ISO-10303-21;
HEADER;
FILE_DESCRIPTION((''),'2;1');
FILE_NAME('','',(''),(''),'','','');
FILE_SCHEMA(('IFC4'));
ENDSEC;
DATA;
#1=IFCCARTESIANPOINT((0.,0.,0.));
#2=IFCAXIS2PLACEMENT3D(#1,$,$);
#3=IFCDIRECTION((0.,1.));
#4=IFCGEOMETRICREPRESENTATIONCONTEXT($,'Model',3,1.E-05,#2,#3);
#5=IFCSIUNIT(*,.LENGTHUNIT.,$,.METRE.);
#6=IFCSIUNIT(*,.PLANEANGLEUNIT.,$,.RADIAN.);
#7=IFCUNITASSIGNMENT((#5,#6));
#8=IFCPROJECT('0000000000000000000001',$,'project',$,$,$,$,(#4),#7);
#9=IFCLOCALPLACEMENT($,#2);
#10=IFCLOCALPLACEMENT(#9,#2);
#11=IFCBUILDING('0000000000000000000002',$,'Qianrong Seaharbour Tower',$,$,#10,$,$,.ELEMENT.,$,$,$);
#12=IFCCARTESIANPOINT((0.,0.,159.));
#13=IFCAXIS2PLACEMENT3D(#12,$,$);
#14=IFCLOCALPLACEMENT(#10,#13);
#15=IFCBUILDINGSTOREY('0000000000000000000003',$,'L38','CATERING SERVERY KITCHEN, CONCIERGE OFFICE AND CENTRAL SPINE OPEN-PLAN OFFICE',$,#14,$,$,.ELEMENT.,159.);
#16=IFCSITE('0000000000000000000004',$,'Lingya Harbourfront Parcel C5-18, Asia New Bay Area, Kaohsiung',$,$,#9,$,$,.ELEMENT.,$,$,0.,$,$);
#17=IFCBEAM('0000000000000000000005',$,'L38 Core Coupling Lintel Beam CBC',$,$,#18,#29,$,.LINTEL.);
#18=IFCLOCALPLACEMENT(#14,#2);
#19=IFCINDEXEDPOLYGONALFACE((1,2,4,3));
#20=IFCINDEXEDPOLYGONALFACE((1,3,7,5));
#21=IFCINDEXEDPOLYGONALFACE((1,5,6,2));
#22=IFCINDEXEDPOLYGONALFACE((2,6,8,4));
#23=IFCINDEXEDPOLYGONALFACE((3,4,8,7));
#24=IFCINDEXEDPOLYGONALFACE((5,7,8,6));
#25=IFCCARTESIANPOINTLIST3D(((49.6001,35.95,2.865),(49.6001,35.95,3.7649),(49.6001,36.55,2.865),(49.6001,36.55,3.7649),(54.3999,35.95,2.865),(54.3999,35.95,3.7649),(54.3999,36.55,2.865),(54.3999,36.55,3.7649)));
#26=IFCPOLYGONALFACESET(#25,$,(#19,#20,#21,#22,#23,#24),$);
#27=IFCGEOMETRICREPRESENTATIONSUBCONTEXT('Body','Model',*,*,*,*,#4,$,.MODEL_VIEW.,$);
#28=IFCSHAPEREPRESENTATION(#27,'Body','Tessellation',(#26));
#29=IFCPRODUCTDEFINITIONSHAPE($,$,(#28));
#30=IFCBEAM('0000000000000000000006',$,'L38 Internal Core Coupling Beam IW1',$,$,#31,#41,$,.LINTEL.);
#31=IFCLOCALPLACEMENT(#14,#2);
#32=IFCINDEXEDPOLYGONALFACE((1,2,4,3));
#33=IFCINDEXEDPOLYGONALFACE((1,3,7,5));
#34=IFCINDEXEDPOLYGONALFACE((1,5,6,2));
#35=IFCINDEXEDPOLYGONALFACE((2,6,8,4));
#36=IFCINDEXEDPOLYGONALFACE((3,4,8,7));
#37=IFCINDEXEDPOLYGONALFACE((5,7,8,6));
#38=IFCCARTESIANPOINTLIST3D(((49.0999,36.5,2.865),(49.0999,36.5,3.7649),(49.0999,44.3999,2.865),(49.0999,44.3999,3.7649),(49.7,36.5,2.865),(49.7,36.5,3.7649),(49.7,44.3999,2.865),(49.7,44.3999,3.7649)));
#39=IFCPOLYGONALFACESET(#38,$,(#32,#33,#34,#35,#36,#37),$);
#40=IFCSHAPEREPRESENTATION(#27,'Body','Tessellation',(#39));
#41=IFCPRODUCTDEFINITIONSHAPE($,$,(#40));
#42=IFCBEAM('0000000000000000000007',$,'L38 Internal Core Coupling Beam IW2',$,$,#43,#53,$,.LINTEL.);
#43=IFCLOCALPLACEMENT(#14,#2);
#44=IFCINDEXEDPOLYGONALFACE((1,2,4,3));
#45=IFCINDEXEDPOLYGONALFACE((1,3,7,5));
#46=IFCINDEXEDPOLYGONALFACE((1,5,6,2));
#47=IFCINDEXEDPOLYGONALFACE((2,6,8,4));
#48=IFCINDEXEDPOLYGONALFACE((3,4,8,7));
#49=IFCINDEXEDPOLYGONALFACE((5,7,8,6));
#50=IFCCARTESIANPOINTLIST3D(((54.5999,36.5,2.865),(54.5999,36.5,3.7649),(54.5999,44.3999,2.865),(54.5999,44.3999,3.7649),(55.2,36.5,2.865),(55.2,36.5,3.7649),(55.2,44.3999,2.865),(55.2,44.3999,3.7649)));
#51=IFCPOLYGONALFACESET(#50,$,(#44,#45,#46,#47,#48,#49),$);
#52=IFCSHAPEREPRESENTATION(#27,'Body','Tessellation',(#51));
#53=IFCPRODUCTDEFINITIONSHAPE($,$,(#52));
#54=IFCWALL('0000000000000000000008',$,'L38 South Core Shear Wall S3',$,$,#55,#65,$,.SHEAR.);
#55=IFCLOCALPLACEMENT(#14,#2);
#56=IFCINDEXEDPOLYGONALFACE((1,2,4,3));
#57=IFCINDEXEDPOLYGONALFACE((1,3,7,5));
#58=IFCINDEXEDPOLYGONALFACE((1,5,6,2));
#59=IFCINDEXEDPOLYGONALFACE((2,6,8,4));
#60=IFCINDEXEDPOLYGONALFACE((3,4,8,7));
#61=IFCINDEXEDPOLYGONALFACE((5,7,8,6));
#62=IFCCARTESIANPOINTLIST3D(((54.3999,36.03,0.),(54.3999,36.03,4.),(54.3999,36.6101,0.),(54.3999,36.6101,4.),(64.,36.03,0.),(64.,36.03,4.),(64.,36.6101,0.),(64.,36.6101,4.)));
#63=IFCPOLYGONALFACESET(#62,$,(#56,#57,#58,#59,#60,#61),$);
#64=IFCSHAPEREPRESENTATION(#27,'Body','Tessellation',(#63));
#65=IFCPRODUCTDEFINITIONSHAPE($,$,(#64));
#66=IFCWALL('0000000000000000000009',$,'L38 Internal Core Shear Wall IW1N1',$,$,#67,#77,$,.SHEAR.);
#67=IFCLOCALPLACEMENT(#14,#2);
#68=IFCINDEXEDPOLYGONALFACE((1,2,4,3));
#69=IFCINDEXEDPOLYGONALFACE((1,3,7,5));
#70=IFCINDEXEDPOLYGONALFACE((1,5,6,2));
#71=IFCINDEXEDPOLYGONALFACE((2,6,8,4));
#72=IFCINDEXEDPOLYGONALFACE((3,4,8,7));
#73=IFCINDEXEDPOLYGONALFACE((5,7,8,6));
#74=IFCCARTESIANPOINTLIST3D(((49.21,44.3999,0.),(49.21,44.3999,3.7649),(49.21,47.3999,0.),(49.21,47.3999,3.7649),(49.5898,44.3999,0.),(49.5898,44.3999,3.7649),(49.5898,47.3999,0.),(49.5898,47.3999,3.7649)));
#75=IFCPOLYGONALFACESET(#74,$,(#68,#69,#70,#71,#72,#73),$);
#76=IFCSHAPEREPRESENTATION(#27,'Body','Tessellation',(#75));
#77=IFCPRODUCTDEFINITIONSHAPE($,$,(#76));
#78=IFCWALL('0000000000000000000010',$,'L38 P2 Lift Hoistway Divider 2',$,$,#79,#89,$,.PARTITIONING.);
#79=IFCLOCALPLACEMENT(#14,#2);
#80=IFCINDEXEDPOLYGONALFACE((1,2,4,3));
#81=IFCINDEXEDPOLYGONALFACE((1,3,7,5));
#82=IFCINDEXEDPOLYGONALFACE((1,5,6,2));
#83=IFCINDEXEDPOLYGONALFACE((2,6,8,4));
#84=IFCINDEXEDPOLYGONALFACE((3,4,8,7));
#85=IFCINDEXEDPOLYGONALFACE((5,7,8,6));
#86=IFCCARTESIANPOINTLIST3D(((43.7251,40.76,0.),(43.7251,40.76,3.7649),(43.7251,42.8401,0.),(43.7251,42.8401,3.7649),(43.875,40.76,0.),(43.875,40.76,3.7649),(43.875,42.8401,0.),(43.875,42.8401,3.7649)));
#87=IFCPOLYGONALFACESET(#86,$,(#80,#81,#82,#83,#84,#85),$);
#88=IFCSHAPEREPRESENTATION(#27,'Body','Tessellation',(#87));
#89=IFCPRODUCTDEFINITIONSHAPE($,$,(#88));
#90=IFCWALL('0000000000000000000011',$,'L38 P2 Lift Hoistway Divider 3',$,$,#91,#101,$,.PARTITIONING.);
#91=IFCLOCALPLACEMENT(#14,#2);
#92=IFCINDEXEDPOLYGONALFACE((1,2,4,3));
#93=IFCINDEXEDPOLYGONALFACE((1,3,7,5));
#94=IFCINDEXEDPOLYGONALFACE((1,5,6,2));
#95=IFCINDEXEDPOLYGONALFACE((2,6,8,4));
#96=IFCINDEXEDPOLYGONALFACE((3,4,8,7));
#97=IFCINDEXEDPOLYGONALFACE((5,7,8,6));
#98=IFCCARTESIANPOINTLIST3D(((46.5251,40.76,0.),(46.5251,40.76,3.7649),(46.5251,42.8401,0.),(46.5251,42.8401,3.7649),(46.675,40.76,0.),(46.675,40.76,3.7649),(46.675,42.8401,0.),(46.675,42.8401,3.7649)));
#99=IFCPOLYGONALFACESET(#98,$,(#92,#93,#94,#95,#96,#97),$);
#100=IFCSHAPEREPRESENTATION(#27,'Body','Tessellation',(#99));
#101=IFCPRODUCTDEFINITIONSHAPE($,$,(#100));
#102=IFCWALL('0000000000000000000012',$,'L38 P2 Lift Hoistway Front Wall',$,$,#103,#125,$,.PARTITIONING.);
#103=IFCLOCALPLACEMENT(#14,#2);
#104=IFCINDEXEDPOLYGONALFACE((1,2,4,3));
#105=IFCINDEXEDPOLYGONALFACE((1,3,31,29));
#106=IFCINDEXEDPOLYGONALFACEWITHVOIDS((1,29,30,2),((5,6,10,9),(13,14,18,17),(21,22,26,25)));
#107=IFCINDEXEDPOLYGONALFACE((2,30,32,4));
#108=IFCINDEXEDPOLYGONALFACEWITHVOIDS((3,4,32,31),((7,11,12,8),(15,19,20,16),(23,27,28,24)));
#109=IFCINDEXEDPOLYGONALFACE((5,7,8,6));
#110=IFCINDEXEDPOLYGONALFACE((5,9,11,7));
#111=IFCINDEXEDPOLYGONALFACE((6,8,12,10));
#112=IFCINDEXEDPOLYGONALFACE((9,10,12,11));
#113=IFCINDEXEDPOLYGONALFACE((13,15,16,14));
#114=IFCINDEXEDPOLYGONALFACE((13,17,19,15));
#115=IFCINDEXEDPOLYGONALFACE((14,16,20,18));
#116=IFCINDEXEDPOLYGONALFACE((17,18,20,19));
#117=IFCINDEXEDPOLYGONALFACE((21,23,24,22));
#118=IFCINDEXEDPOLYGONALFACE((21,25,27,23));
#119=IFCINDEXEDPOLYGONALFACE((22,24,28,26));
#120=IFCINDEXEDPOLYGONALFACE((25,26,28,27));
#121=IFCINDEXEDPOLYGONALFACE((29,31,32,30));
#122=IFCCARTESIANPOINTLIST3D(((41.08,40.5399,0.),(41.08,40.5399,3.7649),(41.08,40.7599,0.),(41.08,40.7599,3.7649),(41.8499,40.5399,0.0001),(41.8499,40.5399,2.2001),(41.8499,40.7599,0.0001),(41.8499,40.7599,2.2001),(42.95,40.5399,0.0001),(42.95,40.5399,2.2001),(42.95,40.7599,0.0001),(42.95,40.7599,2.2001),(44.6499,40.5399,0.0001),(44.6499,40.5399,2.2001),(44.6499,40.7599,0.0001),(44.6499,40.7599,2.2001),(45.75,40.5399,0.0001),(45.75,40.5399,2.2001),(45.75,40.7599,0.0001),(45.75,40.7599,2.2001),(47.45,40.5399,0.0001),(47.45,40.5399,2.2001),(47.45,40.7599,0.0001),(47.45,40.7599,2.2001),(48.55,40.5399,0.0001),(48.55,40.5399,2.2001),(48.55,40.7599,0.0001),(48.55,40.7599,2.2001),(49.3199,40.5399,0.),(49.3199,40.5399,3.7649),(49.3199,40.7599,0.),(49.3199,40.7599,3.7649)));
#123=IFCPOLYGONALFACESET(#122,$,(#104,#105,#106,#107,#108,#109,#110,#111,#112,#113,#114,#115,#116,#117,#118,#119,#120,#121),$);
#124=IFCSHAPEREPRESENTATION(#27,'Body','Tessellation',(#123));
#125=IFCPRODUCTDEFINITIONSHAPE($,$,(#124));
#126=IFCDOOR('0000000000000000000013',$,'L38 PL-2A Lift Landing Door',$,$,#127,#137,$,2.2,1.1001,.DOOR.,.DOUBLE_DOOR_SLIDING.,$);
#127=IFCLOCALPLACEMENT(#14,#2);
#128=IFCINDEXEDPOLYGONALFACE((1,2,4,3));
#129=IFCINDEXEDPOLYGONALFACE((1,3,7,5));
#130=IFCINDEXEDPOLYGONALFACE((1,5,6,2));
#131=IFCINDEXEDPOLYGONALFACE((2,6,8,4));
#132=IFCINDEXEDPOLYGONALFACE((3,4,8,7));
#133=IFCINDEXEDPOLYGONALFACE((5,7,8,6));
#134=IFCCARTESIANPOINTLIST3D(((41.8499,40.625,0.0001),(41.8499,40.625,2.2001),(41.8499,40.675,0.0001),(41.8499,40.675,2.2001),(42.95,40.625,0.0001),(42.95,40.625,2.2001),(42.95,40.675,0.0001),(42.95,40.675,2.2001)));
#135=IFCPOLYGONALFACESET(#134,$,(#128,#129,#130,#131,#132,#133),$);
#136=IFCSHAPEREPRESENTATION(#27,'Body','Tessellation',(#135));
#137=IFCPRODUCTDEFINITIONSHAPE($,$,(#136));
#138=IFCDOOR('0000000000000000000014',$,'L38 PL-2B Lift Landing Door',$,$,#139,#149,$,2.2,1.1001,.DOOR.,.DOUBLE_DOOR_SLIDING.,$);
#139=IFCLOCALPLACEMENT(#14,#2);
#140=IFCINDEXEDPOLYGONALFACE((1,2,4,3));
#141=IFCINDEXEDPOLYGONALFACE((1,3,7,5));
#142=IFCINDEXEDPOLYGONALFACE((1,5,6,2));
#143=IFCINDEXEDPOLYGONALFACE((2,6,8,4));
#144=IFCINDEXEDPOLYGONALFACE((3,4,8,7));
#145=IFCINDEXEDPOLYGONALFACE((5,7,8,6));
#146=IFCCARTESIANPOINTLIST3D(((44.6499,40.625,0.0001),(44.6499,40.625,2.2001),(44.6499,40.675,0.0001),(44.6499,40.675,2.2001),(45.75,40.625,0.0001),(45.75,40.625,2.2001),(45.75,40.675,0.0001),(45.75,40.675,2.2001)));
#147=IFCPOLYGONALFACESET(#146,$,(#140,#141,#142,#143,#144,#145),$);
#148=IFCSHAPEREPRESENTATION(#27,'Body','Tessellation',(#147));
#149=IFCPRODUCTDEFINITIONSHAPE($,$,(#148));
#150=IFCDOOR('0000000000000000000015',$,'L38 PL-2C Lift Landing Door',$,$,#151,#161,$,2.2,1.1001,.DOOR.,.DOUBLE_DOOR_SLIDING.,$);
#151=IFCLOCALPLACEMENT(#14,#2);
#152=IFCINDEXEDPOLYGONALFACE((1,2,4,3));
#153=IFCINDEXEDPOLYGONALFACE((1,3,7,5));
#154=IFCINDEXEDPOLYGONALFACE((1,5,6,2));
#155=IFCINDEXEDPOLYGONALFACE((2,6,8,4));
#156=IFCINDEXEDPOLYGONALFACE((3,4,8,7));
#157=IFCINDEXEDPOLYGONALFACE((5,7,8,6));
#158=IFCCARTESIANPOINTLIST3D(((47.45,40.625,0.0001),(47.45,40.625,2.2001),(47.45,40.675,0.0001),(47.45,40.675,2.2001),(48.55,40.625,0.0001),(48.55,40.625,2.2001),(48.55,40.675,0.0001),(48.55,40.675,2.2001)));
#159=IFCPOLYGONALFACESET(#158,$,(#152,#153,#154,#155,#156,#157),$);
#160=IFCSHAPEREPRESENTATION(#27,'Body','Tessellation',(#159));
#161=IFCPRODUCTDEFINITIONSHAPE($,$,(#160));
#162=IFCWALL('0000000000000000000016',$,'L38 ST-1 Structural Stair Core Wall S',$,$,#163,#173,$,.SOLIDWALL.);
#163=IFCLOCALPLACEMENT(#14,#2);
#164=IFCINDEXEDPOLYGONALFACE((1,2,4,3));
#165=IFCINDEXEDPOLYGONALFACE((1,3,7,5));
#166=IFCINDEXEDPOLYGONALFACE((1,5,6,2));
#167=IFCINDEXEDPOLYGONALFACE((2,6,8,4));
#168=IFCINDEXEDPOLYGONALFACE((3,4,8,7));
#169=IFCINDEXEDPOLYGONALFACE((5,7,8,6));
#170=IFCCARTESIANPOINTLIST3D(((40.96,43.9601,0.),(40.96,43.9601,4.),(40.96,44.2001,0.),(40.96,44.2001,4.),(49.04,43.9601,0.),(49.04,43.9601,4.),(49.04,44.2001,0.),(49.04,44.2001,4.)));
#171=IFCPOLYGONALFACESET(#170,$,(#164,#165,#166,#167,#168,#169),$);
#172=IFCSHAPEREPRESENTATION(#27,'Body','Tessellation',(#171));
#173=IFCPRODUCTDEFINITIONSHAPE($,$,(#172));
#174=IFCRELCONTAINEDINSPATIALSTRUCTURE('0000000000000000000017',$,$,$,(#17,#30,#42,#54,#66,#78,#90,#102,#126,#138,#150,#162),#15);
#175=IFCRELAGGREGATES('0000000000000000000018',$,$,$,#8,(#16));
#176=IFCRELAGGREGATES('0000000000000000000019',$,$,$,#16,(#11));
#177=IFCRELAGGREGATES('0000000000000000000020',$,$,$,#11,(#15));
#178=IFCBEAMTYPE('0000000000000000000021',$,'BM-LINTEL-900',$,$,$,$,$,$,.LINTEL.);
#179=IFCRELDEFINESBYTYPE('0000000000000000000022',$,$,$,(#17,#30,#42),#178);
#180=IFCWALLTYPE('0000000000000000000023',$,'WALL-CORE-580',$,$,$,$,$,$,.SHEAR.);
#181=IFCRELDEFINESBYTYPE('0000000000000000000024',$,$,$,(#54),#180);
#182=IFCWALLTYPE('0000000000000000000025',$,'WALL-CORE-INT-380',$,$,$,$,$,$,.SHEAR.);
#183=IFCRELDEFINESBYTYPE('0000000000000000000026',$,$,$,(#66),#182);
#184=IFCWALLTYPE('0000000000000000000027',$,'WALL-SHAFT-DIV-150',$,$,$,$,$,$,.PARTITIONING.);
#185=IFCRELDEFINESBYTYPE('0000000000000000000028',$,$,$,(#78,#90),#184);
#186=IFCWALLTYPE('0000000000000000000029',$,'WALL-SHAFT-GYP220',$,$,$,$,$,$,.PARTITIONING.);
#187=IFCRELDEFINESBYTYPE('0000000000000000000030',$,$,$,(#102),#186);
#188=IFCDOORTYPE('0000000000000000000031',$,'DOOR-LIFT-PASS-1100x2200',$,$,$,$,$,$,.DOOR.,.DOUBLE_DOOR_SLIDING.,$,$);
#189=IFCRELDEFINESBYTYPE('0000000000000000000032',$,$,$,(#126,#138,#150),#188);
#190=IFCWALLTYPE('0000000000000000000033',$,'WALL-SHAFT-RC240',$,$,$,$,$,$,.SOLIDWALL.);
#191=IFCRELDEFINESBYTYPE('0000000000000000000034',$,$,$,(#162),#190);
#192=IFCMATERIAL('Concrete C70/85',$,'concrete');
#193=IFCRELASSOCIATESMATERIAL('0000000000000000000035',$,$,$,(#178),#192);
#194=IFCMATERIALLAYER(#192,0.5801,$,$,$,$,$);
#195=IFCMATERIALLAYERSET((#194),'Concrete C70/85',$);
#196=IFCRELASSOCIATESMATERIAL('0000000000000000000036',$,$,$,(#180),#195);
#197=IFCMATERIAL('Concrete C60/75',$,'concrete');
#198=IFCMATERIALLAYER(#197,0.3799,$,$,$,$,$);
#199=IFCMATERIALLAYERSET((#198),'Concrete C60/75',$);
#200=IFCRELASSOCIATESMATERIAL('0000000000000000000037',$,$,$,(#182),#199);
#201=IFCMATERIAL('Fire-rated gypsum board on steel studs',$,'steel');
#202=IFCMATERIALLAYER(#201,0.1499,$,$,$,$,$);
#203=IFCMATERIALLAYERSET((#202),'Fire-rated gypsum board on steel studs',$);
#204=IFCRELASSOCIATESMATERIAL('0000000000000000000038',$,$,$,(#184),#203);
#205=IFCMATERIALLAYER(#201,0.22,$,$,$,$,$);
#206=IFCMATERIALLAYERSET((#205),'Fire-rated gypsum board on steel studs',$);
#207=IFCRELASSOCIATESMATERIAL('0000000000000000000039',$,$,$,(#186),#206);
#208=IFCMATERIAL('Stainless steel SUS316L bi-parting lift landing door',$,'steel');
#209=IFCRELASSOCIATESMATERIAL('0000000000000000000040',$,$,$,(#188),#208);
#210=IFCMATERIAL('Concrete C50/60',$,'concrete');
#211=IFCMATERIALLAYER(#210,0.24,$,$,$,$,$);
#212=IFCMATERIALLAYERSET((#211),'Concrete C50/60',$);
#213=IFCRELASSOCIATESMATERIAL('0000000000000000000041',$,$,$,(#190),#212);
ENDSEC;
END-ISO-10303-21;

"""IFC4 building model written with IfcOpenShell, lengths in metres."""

from ifc_helpers import new_model, si_unit, direction, frame, frame_2d, origin, origin_2d, place, context, subcontext, project, spatial, rectangle, extrude, material, layer, layer_set, material_profile, profile_set, type_object, element, fill, save


model = new_model("IFC4")

# Units and contexts
model_context = context("Model", 3, precision=1e-05, world=origin(), true_north=direction((0.0, 1.0)))
body_context = subcontext(model_context, "Body", "Model", "MODEL_VIEW")
ifc_project = project(units=[si_unit("LENGTHUNIT", "METRE"), si_unit("PLANEANGLEUNIT", "RADIAN")], contexts=[model_context])

# Site, building, storey
site_placement = place(None, origin())
site = spatial("IfcSite", under=ifc_project, at=site_placement, Name="Lingya Harbourfront Parcel C5-18, Asia New Bay Area, Kaohsiung", CompositionType="ELEMENT", RefElevation=0.0)
building_placement = place(site_placement, origin())
building = spatial("IfcBuilding", under=site, at=building_placement, Name="Qianrong Seaharbour Tower", CompositionType="ELEMENT")
storey_placement = place(building_placement, frame((0.0, 0.0, 159.0)))
storey = spatial("IfcBuildingStorey", under=building, at=storey_placement, Name="L38", Description="CATERING SERVERY KITCHEN, CONCIERGE OFFICE AND CENTRAL SPINE OPEN-PLAN OFFICE", CompositionType="ELEMENT", Elevation=159.0)

# Beams
ifc_material_1 = material(Name="Concrete C70/85", Category="concrete")
ifc_material_profile = material_profile(ifc_material_1, rectangle(XDim=0.6001, YDim=0.8999, at=origin_2d()), Name="RC600x900")
ifc_profile_set = profile_set([ifc_material_profile], Name="Concrete C70/85")
beam_type = type_object("IfcBeamType", Name="BM-LINTEL-900", PredefinedType="LINTEL", material=ifc_profile_set)
beam_placement = place(storey_placement, frame((49.6001, 36.25, 3.3149), z_axis=(1.0, 0.0, 0.0), x_axis=(0.0, 1.0, 0.0)))
element("IfcBeam", 1, at=beam_placement, inside=storey, type_object=beam_type, Name="L38 Core Coupling Lintel Beam CBC", PredefinedType="LINTEL", context=body_context, shape_type="SweptSolid", body=[
    extrude(rectangle(XDim=0.6001, YDim=0.8999, at=origin_2d()), origin(), (0.0, 0.0, 1.0), 4.7998),
])
for number, where, z_axis, x_axis, name in (
    (2, (49.3999, 36.5, 3.3149), (0.0, 1.0, 0.0), (-1.0, 0.0, 0.0), "L38 Internal Core Coupling Beam IW1"),
    (3, (54.8999, 36.5, 3.3149), (0.0, 1.0, 0.0), (-1.0, 0.0, 0.0), "L38 Internal Core Coupling Beam IW2"),
):
    element("IfcBeam", number, at=place(storey_placement, frame(where, z_axis=z_axis, x_axis=x_axis)), inside=storey, type_object=beam_type, Name=name, PredefinedType="LINTEL", context=body_context, shape_type="SweptSolid", body=[
        extrude(rectangle(XDim=0.6001, YDim=0.8999, at=origin_2d()), origin(), (0.0, 0.0, 1.0), 7.8999),
    ])

# Walls
ifc_layer_1 = layer(ifc_material_1, 0.5801)
ifc_layer_set_1 = layer_set([ifc_layer_1], Name="Concrete C70/85")
wall_type_1 = type_object("IfcWallType", Name="WALL-CORE-580", PredefinedType="SHEAR", material=ifc_layer_set_1)
wall_1_placement = place(storey_placement, frame((54.3999, 36.3201, 0.0), z_axis=(0.0, 0.0, 1.0), x_axis=(1.0, 0.0, 0.0)))
element("IfcWall", 4, at=wall_1_placement, inside=storey, type_object=wall_type_1, Name="L38 South Core Shear Wall S3", PredefinedType="SHEAR", context=body_context, shape_type="SweptSolid", body=[
    extrude(rectangle(XDim=9.6001, YDim=0.5801, at=frame_2d((4.8, 0.0))), origin(), (0.0, 0.0, 1.0), 4.0),
])
ifc_material_2 = material(Name="Concrete C60/75", Category="concrete")
ifc_layer_2 = layer(ifc_material_2, 0.3799)
ifc_layer_set_2 = layer_set([ifc_layer_2], Name="Concrete C60/75")
wall_type_2 = type_object("IfcWallType", Name="WALL-CORE-INT-380", PredefinedType="SHEAR", material=ifc_layer_set_2)
wall_2_placement = place(storey_placement, frame((49.3999, 44.3999, 0.0), z_axis=(0.0, 0.0, 1.0), x_axis=(0.0, 1.0, 0.0)))
element("IfcWall", 5, at=wall_2_placement, inside=storey, type_object=wall_type_2, Name="L38 Internal Core Shear Wall IW1N1", PredefinedType="SHEAR", context=body_context, shape_type="SweptSolid", body=[
    extrude(rectangle(XDim=3.0, YDim=0.3799, at=frame_2d((1.5, 0.0))), origin(), (0.0, 0.0, 1.0), 3.7649),
])

# Walls
ifc_material_3 = material(Name="Fire-rated gypsum board on steel studs", Category="steel")
ifc_layer_3 = layer(ifc_material_3, 0.1499)
ifc_layer_set_3 = layer_set([ifc_layer_3], Name="Fire-rated gypsum board on steel studs")
wall_type_3 = type_object("IfcWallType", Name="WALL-SHAFT-DIV-150", PredefinedType="PARTITIONING", material=ifc_layer_set_3)
for number, where, z_axis, x_axis, name in (
    (6, (43.8, 40.76, 0.0), (0.0, 0.0, 1.0), (0.0, 1.0, 0.0), "L38 P2 Lift Hoistway Divider 2"),
    (7, (46.6001, 40.76, 0.0), (0.0, 0.0, 1.0), (0.0, 1.0, 0.0), "L38 P2 Lift Hoistway Divider 3"),
):
    element("IfcWall", number, at=place(storey_placement, frame(where, z_axis=z_axis, x_axis=x_axis)), inside=storey, type_object=wall_type_3, Name=name, PredefinedType="PARTITIONING", context=body_context, shape_type="SweptSolid", body=[
        extrude(rectangle(XDim=2.0801, YDim=0.1499, at=frame_2d((1.04, 0.0))), origin(), (0.0, 0.0, 1.0), 3.7649),
    ])

# Wall, openings, doors
ifc_layer_4 = layer(ifc_material_3, 0.22)
ifc_layer_set_4 = layer_set([ifc_layer_4], Name="Fire-rated gypsum board on steel studs")
wall_type_4 = type_object("IfcWallType", Name="WALL-SHAFT-GYP220", PredefinedType="PARTITIONING", material=ifc_layer_set_4)
wall_3_placement = place(storey_placement, frame((49.3201, 40.6499, 0.0), z_axis=(0.0, 0.0, 1.0), x_axis=(-1.0, 0.0, 0.0)))
wall_3 = element("IfcWall", 8, at=wall_3_placement, inside=storey, type_object=wall_type_4, Name="L38 P2 Lift Hoistway Front Wall", PredefinedType="PARTITIONING", context=body_context, shape_type="SweptSolid", body=[
    extrude(rectangle(XDim=8.24, YDim=0.22, at=frame_2d((4.1201, 0.0))), origin(), (0.0, 0.0, 1.0), 3.7649),
])
opening_1_placement = place(wall_3_placement, frame((6.3701, 0.0, 0.0)))
opening_1 = element("IfcOpeningElement", 9, at=opening_1_placement, cuts=wall_3, PredefinedType="OPENING", context=body_context, shape_type="SweptSolid", body=[
    extrude(rectangle(XDim=1.1001, YDim=2.2, at=frame_2d((0.55, 1.1001))), frame((0.0, 0.1201, 0.0), z_axis=(0.0, -1.0, 0.0), x_axis=(1.0, 0.0, 0.0)), (0.0, 0.0, 1.0), 0.24),
])
opening_2_placement = place(wall_3_placement, frame((3.5701, 0.0, 0.0)))
opening_2 = element("IfcOpeningElement", 10, at=opening_2_placement, cuts=wall_3, PredefinedType="OPENING", context=body_context, shape_type="SweptSolid", body=[
    extrude(rectangle(XDim=1.1001, YDim=2.2, at=frame_2d((0.55, 1.1001))), frame((0.0, 0.1201, 0.0), z_axis=(0.0, -1.0, 0.0), x_axis=(1.0, 0.0, 0.0)), (0.0, 0.0, 1.0), 0.24),
])
opening_3_placement = place(wall_3_placement, frame((0.77, 0.0, 0.0)))
opening_3 = element("IfcOpeningElement", 11, at=opening_3_placement, cuts=wall_3, PredefinedType="OPENING", context=body_context, shape_type="SweptSolid", body=[
    extrude(rectangle(XDim=1.1001, YDim=2.2, at=frame_2d((0.55, 1.1001))), frame((0.0, 0.1201, 0.0), z_axis=(0.0, -1.0, 0.0), x_axis=(1.0, 0.0, 0.0)), (0.0, 0.0, 1.0), 0.24),
])
ifc_material_4 = material(Name="Stainless steel SUS316L bi-parting lift landing door", Category="steel")
door_type_1 = type_object("IfcDoorType", Name="DOOR-LIFT-PASS-1100x2200", OperationType="DOUBLE_DOOR_SLIDING", PredefinedType="DOOR", material=ifc_material_4)
door_1_placement = place(opening_1_placement, origin())
door_1 = element("IfcDoor", 12, at=door_1_placement, inside=storey, type_object=door_type_1, Name="L38 PL-2A Lift Landing Door", OperationType="DOUBLE_DOOR_SLIDING", OverallHeight=2.2, OverallWidth=1.1001, PredefinedType="DOOR", context=body_context, shape_type="SweptSolid", body=[
    extrude(rectangle(XDim=1.1001, YDim=2.2, at=frame_2d((0.55, 1.1001))), frame((0.0, 0.0249, 0.0), z_axis=(0.0, -1.0, 0.0), x_axis=(1.0, 0.0, 0.0)), (0.0, 0.0, 1.0), 0.05),
])
fill(opening_1, door_1)
door_2_placement = place(opening_2_placement, origin())
door_2 = element("IfcDoor", 13, at=door_2_placement, inside=storey, type_object=door_type_1, Name="L38 PL-2B Lift Landing Door", OperationType="DOUBLE_DOOR_SLIDING", OverallHeight=2.2, OverallWidth=1.1001, PredefinedType="DOOR", context=body_context, shape_type="SweptSolid", body=[
    extrude(rectangle(XDim=1.1001, YDim=2.2, at=frame_2d((0.55, 1.1001))), frame((0.0, 0.0249, 0.0), z_axis=(0.0, -1.0, 0.0), x_axis=(1.0, 0.0, 0.0)), (0.0, 0.0, 1.0), 0.05),
])
fill(opening_2, door_2)
door_3_placement = place(opening_3_placement, origin())
door_3 = element("IfcDoor", 14, at=door_3_placement, inside=storey, type_object=door_type_1, Name="L38 PL-2C Lift Landing Door", OperationType="DOUBLE_DOOR_SLIDING", OverallHeight=2.2, OverallWidth=1.1001, PredefinedType="DOOR", context=body_context, shape_type="SweptSolid", body=[
    extrude(rectangle(XDim=1.1001, YDim=2.2, at=frame_2d((0.55, 1.1001))), frame((0.0, 0.0249, 0.0), z_axis=(0.0, -1.0, 0.0), x_axis=(1.0, 0.0, 0.0)), (0.0, 0.0, 1.0), 0.05),
])
fill(opening_3, door_3)

# Wall
ifc_material_5 = material(Name="Concrete C50/60", Category="concrete")
ifc_layer_5 = layer(ifc_material_5, 0.24)
ifc_layer_set_5 = layer_set([ifc_layer_5], Name="Concrete C50/60")
wall_type_5 = type_object("IfcWallType", Name="WALL-SHAFT-RC240", PredefinedType="SOLIDWALL", material=ifc_layer_set_5)
wall_4_placement = place(storey_placement, frame((49.04, 44.0801, 0.0), z_axis=(0.0, 0.0, 1.0), x_axis=(-1.0, 0.0, 0.0)))
element("IfcWall", 15, at=wall_4_placement, inside=storey, type_object=wall_type_5, Name="L38 ST-1 Structural Stair Core Wall S", PredefinedType="SOLIDWALL", context=body_context, shape_type="SweptSolid", body=[
    extrude(rectangle(XDim=8.0801, YDim=0.24, at=frame_2d((4.04, 0.0))), origin(), (0.0, 0.0, 1.0), 4.0),
])

save(model, "model.ifc")
